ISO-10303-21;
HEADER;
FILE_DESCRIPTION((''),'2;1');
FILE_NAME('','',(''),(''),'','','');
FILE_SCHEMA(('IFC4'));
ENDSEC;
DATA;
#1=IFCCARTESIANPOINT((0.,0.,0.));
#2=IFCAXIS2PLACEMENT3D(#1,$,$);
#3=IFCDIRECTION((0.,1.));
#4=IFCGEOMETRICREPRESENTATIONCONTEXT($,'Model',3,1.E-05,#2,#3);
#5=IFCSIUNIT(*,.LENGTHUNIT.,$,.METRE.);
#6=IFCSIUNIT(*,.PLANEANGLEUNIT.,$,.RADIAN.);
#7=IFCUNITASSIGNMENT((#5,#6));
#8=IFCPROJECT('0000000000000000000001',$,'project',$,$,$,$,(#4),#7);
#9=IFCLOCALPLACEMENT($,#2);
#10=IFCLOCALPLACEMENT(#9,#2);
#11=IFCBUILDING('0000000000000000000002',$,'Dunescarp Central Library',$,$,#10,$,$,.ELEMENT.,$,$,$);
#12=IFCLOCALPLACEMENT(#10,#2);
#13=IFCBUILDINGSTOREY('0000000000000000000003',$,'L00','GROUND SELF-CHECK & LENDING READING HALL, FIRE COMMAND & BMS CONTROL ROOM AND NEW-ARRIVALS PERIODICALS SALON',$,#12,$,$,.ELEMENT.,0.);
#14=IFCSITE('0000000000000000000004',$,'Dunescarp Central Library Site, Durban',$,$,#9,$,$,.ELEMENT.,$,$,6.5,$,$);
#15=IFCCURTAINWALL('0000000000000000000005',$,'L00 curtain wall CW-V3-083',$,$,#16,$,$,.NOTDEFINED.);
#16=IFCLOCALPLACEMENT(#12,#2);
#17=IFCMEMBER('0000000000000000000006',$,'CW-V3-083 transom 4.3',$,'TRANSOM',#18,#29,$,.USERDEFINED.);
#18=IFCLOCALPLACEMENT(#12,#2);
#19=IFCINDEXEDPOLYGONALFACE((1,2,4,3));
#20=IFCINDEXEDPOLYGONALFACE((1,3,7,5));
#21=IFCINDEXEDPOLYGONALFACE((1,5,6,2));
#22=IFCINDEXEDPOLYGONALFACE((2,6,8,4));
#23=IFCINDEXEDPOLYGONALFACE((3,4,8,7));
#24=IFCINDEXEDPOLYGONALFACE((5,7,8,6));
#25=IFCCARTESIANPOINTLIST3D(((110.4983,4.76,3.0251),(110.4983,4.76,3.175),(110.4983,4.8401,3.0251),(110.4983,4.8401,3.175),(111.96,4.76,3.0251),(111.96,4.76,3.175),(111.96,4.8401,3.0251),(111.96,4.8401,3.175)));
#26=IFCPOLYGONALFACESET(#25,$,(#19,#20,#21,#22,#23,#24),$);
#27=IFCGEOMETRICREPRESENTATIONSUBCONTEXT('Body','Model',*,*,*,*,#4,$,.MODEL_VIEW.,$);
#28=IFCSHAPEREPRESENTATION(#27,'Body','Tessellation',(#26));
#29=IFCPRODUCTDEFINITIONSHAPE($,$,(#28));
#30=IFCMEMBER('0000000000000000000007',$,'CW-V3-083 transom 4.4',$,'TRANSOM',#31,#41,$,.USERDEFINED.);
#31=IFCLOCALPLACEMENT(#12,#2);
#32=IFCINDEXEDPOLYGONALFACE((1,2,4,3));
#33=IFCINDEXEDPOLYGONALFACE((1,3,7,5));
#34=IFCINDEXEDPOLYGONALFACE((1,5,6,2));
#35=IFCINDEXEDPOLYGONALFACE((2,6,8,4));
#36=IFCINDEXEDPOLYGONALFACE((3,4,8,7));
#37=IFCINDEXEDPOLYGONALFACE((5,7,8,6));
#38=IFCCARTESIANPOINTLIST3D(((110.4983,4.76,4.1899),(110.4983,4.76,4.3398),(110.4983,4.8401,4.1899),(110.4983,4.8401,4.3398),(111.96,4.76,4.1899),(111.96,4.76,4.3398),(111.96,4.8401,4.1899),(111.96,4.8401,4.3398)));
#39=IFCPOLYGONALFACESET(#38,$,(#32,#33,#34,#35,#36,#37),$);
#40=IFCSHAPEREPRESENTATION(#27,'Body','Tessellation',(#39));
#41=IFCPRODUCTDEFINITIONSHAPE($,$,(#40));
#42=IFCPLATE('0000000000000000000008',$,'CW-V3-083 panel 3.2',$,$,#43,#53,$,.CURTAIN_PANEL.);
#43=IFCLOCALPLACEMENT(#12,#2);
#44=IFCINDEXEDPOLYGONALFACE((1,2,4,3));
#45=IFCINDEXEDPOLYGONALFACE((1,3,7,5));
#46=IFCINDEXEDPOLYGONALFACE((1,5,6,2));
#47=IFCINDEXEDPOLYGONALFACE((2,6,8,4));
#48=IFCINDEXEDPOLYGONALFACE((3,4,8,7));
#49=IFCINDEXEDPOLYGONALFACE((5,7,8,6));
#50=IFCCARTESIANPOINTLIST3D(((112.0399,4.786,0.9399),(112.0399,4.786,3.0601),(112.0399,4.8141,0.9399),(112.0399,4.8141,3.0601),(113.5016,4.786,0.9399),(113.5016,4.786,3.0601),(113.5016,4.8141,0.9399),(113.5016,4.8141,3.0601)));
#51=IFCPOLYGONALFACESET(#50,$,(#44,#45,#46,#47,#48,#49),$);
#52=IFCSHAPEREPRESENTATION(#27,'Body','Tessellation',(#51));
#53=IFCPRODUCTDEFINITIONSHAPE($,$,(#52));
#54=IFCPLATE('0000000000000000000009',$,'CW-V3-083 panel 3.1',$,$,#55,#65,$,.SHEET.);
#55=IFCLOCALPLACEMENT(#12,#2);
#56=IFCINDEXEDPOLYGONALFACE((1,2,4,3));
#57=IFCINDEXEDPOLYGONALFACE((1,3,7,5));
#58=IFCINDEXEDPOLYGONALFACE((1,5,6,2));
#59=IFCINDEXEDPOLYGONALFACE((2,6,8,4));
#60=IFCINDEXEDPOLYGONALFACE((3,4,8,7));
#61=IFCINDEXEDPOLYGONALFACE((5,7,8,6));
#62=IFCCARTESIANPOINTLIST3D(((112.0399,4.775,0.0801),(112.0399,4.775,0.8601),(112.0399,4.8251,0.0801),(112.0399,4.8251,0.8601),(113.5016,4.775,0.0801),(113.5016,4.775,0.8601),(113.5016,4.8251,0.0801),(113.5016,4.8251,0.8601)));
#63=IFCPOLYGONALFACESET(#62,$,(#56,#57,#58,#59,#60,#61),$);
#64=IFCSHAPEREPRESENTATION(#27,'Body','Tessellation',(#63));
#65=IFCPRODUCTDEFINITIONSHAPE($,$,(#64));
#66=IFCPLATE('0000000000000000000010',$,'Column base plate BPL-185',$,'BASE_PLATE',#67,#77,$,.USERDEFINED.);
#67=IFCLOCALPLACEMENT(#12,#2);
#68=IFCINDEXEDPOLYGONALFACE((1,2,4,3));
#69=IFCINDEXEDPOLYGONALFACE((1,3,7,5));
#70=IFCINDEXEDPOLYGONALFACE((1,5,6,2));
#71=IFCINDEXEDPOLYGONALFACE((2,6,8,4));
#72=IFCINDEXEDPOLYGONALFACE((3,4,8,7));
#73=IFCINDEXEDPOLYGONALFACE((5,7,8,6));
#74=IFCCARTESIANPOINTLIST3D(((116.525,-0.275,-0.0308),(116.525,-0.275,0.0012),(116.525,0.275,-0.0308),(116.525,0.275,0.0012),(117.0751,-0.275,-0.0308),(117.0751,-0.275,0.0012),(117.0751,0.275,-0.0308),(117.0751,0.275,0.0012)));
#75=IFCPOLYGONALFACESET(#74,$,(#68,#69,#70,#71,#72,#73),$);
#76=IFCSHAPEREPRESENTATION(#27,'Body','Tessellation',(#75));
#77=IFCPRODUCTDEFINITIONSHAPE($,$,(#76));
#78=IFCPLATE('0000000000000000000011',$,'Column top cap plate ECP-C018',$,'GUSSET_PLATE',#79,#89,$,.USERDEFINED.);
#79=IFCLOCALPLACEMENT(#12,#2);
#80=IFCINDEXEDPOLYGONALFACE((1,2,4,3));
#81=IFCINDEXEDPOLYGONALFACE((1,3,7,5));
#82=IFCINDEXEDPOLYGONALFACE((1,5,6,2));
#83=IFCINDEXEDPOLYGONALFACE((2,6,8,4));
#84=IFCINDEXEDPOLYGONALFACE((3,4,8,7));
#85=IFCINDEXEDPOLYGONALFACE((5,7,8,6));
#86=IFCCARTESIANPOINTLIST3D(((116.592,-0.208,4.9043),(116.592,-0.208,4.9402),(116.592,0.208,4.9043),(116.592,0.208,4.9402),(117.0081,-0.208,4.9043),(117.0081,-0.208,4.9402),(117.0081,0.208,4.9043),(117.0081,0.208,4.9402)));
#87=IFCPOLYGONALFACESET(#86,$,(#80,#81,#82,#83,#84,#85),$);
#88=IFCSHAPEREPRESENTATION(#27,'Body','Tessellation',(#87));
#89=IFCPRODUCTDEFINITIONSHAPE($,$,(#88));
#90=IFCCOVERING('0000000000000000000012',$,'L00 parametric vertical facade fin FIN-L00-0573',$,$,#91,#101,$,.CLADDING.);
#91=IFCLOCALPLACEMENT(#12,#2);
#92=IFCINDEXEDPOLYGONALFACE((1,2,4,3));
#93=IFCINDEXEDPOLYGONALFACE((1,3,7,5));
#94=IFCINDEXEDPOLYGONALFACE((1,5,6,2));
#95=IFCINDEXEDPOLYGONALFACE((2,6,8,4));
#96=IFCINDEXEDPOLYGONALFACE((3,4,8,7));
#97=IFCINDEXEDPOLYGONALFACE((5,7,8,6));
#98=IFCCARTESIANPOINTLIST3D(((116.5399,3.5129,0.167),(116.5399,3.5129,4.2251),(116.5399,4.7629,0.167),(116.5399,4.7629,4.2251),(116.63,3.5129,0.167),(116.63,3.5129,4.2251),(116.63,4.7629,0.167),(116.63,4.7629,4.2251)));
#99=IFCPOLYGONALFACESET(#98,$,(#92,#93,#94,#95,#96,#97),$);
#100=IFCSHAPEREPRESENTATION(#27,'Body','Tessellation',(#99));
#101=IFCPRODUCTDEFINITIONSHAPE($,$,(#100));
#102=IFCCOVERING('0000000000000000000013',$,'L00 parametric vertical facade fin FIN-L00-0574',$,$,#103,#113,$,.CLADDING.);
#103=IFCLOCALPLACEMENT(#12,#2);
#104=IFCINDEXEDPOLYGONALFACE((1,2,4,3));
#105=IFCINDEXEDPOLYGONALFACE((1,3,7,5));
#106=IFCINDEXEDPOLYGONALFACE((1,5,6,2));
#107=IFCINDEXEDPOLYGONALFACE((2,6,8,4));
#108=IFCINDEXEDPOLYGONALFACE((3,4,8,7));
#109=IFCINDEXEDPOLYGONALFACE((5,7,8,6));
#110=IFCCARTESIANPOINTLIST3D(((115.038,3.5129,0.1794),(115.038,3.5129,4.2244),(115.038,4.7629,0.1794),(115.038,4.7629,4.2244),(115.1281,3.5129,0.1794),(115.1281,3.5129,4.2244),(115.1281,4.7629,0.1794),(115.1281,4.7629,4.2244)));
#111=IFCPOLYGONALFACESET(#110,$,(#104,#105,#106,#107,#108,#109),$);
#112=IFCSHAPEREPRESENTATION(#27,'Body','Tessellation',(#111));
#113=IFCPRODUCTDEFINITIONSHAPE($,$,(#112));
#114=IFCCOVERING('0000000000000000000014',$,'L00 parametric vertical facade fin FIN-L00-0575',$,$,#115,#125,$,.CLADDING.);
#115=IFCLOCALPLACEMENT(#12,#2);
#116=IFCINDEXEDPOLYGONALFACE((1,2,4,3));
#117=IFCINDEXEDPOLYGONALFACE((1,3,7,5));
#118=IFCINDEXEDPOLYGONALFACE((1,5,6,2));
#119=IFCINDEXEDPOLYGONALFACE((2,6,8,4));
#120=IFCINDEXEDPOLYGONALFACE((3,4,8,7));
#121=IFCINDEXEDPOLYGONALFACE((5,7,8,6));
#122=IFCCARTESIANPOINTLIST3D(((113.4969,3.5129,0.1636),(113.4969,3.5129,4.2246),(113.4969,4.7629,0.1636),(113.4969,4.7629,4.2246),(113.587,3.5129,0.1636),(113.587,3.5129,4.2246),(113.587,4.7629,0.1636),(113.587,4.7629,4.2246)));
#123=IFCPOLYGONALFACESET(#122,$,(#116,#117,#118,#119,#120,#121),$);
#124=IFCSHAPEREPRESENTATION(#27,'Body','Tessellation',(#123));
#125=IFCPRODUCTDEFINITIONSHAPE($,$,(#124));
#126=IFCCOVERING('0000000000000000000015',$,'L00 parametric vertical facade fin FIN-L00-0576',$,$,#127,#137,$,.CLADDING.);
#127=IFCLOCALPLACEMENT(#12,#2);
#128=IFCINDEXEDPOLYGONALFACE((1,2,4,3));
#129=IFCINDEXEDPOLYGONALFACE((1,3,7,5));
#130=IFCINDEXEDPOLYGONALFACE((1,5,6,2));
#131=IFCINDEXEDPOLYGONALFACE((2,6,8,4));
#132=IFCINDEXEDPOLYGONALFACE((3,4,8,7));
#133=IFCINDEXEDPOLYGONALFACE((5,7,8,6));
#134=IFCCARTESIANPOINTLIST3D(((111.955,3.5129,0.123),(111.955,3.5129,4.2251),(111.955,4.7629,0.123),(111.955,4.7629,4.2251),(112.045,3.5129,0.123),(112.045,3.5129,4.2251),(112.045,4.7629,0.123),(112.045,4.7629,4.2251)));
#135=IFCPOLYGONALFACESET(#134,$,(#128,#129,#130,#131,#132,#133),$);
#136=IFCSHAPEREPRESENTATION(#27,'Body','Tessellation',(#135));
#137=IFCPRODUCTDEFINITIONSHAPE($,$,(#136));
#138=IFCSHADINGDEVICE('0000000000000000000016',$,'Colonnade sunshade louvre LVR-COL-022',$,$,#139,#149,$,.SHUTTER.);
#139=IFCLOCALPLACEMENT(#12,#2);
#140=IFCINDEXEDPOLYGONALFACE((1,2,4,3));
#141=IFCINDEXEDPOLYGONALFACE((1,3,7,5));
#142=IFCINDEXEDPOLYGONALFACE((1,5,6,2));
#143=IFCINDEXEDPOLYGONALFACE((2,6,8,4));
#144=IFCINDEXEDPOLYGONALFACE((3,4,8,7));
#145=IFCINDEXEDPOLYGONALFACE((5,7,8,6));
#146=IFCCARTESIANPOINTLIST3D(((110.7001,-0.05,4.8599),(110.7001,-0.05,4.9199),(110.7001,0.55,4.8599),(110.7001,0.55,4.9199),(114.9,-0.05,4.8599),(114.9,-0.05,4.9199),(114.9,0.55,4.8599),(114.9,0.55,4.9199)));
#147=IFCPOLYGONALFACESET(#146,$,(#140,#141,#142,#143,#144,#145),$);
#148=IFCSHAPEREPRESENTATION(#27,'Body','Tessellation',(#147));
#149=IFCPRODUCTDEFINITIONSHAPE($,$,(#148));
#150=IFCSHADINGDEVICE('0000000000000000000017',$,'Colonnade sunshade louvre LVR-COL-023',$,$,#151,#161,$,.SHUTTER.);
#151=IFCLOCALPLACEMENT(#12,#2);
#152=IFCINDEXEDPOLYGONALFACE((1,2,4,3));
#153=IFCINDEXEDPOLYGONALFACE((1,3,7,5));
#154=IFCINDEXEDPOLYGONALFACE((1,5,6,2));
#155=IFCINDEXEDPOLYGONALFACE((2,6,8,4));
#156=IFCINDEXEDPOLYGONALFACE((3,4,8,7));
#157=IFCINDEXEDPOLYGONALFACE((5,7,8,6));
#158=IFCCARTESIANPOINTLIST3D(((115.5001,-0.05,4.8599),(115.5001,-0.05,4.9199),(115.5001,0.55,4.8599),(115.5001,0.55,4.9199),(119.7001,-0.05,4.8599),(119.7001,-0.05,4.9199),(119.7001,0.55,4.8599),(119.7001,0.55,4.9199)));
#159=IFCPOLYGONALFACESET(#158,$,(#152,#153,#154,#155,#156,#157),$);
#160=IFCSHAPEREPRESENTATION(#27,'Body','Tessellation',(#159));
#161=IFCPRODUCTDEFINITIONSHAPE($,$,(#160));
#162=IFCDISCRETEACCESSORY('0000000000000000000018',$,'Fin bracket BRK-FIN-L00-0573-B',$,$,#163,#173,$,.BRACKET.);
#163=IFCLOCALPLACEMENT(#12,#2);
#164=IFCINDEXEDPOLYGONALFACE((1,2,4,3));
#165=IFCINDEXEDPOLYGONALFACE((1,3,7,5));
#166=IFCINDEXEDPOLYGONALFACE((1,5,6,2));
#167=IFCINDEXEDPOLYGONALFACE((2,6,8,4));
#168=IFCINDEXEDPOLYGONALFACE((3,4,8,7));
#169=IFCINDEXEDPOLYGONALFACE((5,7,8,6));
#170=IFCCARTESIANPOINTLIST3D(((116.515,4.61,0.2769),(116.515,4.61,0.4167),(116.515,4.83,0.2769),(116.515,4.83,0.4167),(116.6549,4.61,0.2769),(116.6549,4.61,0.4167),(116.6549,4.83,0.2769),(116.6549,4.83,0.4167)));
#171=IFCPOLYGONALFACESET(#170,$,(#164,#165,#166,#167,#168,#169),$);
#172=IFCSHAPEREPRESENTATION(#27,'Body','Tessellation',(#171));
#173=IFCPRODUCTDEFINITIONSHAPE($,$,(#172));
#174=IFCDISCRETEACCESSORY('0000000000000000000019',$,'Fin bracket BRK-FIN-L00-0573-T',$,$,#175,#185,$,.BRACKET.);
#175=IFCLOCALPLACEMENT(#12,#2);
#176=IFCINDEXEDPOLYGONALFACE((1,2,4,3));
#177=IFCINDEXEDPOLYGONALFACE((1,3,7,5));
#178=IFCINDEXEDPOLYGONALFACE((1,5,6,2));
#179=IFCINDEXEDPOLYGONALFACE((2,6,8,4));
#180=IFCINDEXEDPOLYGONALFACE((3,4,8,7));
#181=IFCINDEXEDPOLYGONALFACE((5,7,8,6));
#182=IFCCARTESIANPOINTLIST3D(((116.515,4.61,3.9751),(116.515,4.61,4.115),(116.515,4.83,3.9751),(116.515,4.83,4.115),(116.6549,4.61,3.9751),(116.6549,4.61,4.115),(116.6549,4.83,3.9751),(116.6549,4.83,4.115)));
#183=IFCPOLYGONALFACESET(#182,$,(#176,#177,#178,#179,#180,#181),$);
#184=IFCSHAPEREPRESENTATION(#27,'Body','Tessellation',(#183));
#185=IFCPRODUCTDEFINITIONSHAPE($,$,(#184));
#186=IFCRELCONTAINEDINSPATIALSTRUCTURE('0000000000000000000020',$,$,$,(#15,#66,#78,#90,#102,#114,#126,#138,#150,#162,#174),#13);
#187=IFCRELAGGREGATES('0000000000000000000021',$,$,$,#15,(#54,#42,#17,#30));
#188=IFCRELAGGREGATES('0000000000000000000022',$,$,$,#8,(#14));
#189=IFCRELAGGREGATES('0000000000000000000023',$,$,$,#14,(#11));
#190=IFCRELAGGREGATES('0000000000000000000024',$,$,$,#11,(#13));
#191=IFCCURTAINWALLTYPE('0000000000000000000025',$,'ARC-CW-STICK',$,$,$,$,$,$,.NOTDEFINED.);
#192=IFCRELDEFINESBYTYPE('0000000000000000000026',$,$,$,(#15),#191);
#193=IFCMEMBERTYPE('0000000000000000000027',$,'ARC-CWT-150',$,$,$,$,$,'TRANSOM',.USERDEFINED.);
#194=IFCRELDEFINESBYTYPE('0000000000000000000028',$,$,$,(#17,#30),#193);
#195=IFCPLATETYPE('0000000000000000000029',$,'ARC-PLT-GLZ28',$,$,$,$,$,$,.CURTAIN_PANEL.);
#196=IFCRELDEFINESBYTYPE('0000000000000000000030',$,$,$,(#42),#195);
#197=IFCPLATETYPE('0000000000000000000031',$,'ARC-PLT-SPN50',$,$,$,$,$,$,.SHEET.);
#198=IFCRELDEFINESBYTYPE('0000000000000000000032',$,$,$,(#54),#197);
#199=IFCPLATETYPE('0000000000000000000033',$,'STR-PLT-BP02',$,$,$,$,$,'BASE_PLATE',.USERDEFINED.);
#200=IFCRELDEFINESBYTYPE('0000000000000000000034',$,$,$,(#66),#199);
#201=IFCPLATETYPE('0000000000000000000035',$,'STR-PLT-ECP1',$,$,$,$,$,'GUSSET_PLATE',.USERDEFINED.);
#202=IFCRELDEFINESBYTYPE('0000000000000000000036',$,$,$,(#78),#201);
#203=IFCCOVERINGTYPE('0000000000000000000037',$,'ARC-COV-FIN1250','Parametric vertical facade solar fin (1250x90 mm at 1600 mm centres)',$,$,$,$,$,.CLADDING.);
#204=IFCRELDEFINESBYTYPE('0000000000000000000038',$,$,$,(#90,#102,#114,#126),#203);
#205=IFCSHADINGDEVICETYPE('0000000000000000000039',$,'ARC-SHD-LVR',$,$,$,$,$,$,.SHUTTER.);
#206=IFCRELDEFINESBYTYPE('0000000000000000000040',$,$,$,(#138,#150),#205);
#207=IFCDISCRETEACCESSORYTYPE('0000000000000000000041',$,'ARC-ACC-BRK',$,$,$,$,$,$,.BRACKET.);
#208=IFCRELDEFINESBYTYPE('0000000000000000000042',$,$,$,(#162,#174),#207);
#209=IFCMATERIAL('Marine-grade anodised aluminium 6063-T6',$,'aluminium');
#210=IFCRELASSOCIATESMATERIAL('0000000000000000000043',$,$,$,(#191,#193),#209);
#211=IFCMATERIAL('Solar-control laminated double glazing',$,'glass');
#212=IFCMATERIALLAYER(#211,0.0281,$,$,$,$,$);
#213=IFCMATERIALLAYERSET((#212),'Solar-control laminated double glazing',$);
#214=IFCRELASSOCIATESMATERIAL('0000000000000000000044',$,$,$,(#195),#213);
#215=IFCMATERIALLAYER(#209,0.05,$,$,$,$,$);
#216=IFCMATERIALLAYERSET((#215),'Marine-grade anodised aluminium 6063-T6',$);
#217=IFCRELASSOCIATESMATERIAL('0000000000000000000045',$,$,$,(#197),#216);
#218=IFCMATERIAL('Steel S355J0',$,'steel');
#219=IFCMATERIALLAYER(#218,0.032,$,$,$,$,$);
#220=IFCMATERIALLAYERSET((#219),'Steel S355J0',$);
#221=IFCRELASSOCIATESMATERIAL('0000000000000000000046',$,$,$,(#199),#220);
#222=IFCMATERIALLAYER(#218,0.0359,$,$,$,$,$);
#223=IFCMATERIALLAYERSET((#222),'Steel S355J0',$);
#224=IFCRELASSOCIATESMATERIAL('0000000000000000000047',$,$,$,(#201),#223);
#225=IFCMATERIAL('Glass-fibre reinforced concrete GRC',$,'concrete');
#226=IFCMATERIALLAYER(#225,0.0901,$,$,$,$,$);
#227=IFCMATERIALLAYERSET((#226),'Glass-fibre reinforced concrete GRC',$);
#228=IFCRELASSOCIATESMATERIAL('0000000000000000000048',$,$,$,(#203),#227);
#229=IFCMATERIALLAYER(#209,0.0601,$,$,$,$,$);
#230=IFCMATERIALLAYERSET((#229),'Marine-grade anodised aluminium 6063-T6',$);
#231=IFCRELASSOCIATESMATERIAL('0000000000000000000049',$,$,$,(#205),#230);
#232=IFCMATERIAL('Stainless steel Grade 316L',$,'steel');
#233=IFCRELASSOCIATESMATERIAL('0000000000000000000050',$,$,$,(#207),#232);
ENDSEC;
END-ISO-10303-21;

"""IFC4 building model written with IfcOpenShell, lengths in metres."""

from ifc_helpers import new_model, si_unit, direction, frame, origin, origin_2d, place, context, subcontext, project, spatial, rectangle, extrude, material, layer, layer_set, material_profile, profile_set, type_object, element, aggregate, save


model = new_model("IFC4")

# Units and contexts
model_context = context("Model", 3, precision=1e-05, world=origin(), true_north=direction((0.0, 1.0)))
body_context = subcontext(model_context, "Body", "Model", "MODEL_VIEW")
ifc_project = project(units=[si_unit("LENGTHUNIT", "METRE"), si_unit("PLANEANGLEUNIT", "RADIAN")], contexts=[model_context])

# Site, building, storey
site_placement = place(None, origin())
site = spatial("IfcSite", under=ifc_project, at=site_placement, Name="Dunescarp Central Library Site, Durban", CompositionType="ELEMENT", RefElevation=6.5)
building_placement = place(site_placement, origin())
building = spatial("IfcBuilding", under=site, at=building_placement, Name="Dunescarp Central Library", CompositionType="ELEMENT")
storey_placement = place(building_placement, origin())
storey = spatial("IfcBuildingStorey", under=building, at=storey_placement, Name="L00", Description="GROUND SELF-CHECK & LENDING READING HALL, FIRE COMMAND & BMS CONTROL ROOM AND NEW-ARRIVALS PERIODICALS SALON", CompositionType="ELEMENT", Elevation=0.0)

# Shared definitions
ifc_material_1 = material(Name="Steel S355J0", Category="steel")

# Curtain wall, members, plates
ifc_material_2 = material(Name="Marine-grade anodised aluminium 6063-T6", Category="aluminium")
curtain_wall_type = type_object("IfcCurtainWallType", Name="ARC-CW-STICK", PredefinedType="NOTDEFINED", material=ifc_material_2)
curtain_wall_placement = place(storey_placement, origin())
curtain_wall = element("IfcCurtainWall", 1, at=curtain_wall_placement, inside=storey, type_object=curtain_wall_type, Name="L00 curtain wall CW-V3-083", PredefinedType="NOTDEFINED")
ifc_material_profile_1 = material_profile(ifc_material_2, rectangle(XDim=0.0801, YDim=0.1499, at=origin_2d()), Name="AL 80x150")
ifc_profile_set_1 = profile_set([ifc_material_profile_1], Name="Marine-grade anodised aluminium 6063-T6")
member_type_1 = type_object("IfcMemberType", Name="ARC-CWT-150", ElementType="TRANSOM", PredefinedType="USERDEFINED", material=ifc_profile_set_1)
member_1_placement = place(storey_placement, frame((111.96, 4.8, 3.1001), z_axis=(-1.0, 0.0, 0.0), x_axis=(0.0, -1.0, 0.0)))
member_1 = element("IfcMember", 2, at=member_1_placement, type_object=member_type_1, Name="CW-V3-083 transom 4.3", ObjectType="TRANSOM", PredefinedType="USERDEFINED", context=body_context, shape_type="SweptSolid", body=[
    extrude(rectangle(XDim=0.0801, YDim=0.1499, at=origin_2d()), origin(), (0.0, 0.0, 1.0), 1.4617),
])
member_2_placement = place(storey_placement, frame((111.96, 4.8, 4.2649), z_axis=(-1.0, 0.0, 0.0), x_axis=(0.0, -1.0, 0.0)))
member_2 = element("IfcMember", 3, at=member_2_placement, type_object=member_type_1, Name="CW-V3-083 transom 4.4", ObjectType="TRANSOM", PredefinedType="USERDEFINED", context=body_context, shape_type="SweptSolid", body=[
    extrude(rectangle(XDim=0.0801, YDim=0.1499, at=origin_2d()), origin(), (0.0, 0.0, 1.0), 1.4617),
])
ifc_material_3 = material(Name="Solar-control laminated double glazing", Category="glass")
ifc_layer_1 = layer(ifc_material_3, 0.0281)
ifc_layer_set_1 = layer_set([ifc_layer_1], Name="Solar-control laminated double glazing")
plate_type_1 = type_object("IfcPlateType", Name="ARC-PLT-GLZ28", PredefinedType="CURTAIN_PANEL", material=ifc_layer_set_1)
plate_1_placement = place(storey_placement, frame((112.7708, 4.8, 0.9399), z_axis=(0.0, 0.0, 1.0), x_axis=(-1.0, 0.0, 0.0)))
plate_1 = element("IfcPlate", 4, at=plate_1_placement, type_object=plate_type_1, Name="CW-V3-083 panel 3.2", PredefinedType="CURTAIN_PANEL", context=body_context, shape_type="SweptSolid", body=[
    extrude(rectangle(XDim=1.4617, YDim=0.0281, at=origin_2d()), origin(), (0.0, 0.0, 1.0), 2.1201),
])
ifc_layer_2 = layer(ifc_material_2, 0.05)
ifc_layer_set_2 = layer_set([ifc_layer_2], Name="Marine-grade anodised aluminium 6063-T6")
plate_type_2 = type_object("IfcPlateType", Name="ARC-PLT-SPN50", PredefinedType="SHEET", material=ifc_layer_set_2)
plate_2_placement = place(storey_placement, frame((112.7708, 4.8, 0.0801), z_axis=(0.0, 0.0, 1.0), x_axis=(-1.0, 0.0, 0.0)))
plate_2 = element("IfcPlate", 5, at=plate_2_placement, type_object=plate_type_2, Name="CW-V3-083 panel 3.1", PredefinedType="SHEET", context=body_context, shape_type="SweptSolid", body=[
    extrude(rectangle(XDim=1.4617, YDim=0.05, at=origin_2d()), origin(), (0.0, 0.0, 1.0), 0.78),
])
aggregate(curtain_wall, [plate_2, plate_1, member_1, member_2])

# Plates
ifc_layer_3 = layer(ifc_material_1, 0.032)
ifc_layer_set_3 = layer_set([ifc_layer_3], Name="Steel S355J0")
plate_type_3 = type_object("IfcPlateType", Name="STR-PLT-BP02", ElementType="BASE_PLATE", PredefinedType="USERDEFINED", material=ifc_layer_set_3)
plate_3_placement = place(storey_placement, frame((116.8, 0.0, -0.0308), z_axis=(0.0, 0.0, 1.0), x_axis=(1.0, 0.0, 0.0)))
element("IfcPlate", 6, at=plate_3_placement, inside=storey, type_object=plate_type_3, Name="Column base plate BPL-185", ObjectType="BASE_PLATE", PredefinedType="USERDEFINED", context=body_context, shape_type="SweptSolid", body=[
    extrude(rectangle(XDim=0.55, YDim=0.55, at=origin_2d()), origin(), (0.0, 0.0, 1.0), 0.032),
])
ifc_layer_4 = layer(ifc_material_1, 0.0359)
ifc_layer_set_4 = layer_set([ifc_layer_4], Name="Steel S355J0")
plate_type_4 = type_object("IfcPlateType", Name="STR-PLT-ECP1", ElementType="GUSSET_PLATE", PredefinedType="USERDEFINED", material=ifc_layer_set_4)
plate_4_placement = place(storey_placement, frame((116.8, 0.0, 4.9043), z_axis=(0.0, 0.0, 1.0), x_axis=(1.0, 0.0, 0.0)))
element("IfcPlate", 7, at=plate_4_placement, inside=storey, type_object=plate_type_4, Name="Column top cap plate ECP-C018", ObjectType="GUSSET_PLATE", PredefinedType="USERDEFINED", context=body_context, shape_type="SweptSolid", body=[
    extrude(rectangle(XDim=0.416, YDim=0.416, at=origin_2d()), origin(), (0.0, 0.0, 1.0), 0.0359),
])

# Coverings
ifc_material_4 = material(Name="Glass-fibre reinforced concrete GRC", Category="concrete")
ifc_layer_5 = layer(ifc_material_4, 0.0901)
ifc_layer_set_5 = layer_set([ifc_layer_5], Name="Glass-fibre reinforced concrete GRC")
covering_type = type_object("IfcCoveringType", Name="ARC-COV-FIN1250", Description="Parametric vertical facade solar fin (1250x90 mm at 1600 mm centres)", PredefinedType="CLADDING", material=ifc_layer_set_5)
covering_1_placement = place(storey_placement, frame((116.585, 4.1379, 0.167), z_axis=(0.0, 0.0, 1.0), x_axis=(0.0, -1.0, 0.0)))
element("IfcCovering", 8, at=covering_1_placement, inside=storey, type_object=covering_type, Name="L00 parametric vertical facade fin FIN-L00-0573", PredefinedType="CLADDING", context=body_context, shape_type="SweptSolid", body=[
    extrude(rectangle(XDim=1.25, YDim=0.0901, at=origin_2d()), origin(), (0.0, 0.0, 1.0), 4.0581),
])
covering_2_placement = place(storey_placement, frame((115.083, 4.1379, 0.1794), z_axis=(0.0, 0.0, 1.0), x_axis=(0.0, -1.0, 0.0)))
element("IfcCovering", 9, at=covering_2_placement, inside=storey, type_object=covering_type, Name="L00 parametric vertical facade fin FIN-L00-0574", PredefinedType="CLADDING", context=body_context, shape_type="SweptSolid", body=[
    extrude(rectangle(XDim=1.25, YDim=0.0901, at=origin_2d()), origin(), (0.0, 0.0, 1.0), 4.0449),
])
covering_3_placement = place(storey_placement, frame((113.542, 4.1379, 0.1636), z_axis=(0.0, 0.0, 1.0), x_axis=(0.0, -1.0, 0.0)))
element("IfcCovering", 10, at=covering_3_placement, inside=storey, type_object=covering_type, Name="L00 parametric vertical facade fin FIN-L00-0575", PredefinedType="CLADDING", context=body_context, shape_type="SweptSolid", body=[
    extrude(rectangle(XDim=1.25, YDim=0.0901, at=origin_2d()), origin(), (0.0, 0.0, 1.0), 4.061),
])
covering_4_placement = place(storey_placement, frame((112.0, 4.1379, 0.123), z_axis=(0.0, 0.0, 1.0), x_axis=(0.0, -1.0, 0.0)))
element("IfcCovering", 11, at=covering_4_placement, inside=storey, type_object=covering_type, Name="L00 parametric vertical facade fin FIN-L00-0576", PredefinedType="CLADDING", context=body_context, shape_type="SweptSolid", body=[
    extrude(rectangle(XDim=1.25, YDim=0.0901, at=origin_2d()), origin(), (0.0, 0.0, 1.0), 4.1021),
])

# Shading devices
ifc_layer_6 = layer(ifc_material_2, 0.0601)
ifc_layer_set_6 = layer_set([ifc_layer_6], Name="Marine-grade anodised aluminium 6063-T6")
shading_device_type = type_object("IfcShadingDeviceType", Name="ARC-SHD-LVR", PredefinedType="SHUTTER", material=ifc_layer_set_6)
for number, where, z_axis, x_axis, name in (
    (12, (112.8, 0.25, 4.8599), (0.0, 0.0, 1.0), (1.0, 0.0, 0.0), "Colonnade sunshade louvre LVR-COL-022"),
    (13, (117.6001, 0.25, 4.8599), (0.0, 0.0, 1.0), (1.0, 0.0, 0.0), "Colonnade sunshade louvre LVR-COL-023"),
):
    element("IfcShadingDevice", number, at=place(storey_placement, frame(where, z_axis=z_axis, x_axis=x_axis)), inside=storey, type_object=shading_device_type, Name=name, PredefinedType="SHUTTER", context=body_context, shape_type="SweptSolid", body=[
        extrude(rectangle(XDim=4.2, YDim=0.6001, at=origin_2d()), origin(), (0.0, 0.0, 1.0), 0.0601),
    ])

# Discrete accessories
ifc_material_5 = material(Name="Stainless steel Grade 316L", Category="steel")
discrete_accessory_type = type_object("IfcDiscreteAccessoryType", Name="ARC-ACC-BRK", PredefinedType="BRACKET", material=ifc_material_5)
for number, where, z_axis, x_axis, name in (
    (14, (116.585, 4.72, 0.2769), (0.0, 0.0, 1.0), (0.0, -1.0, 0.0), "Fin bracket BRK-FIN-L00-0573-B"),
    (15, (116.585, 4.72, 3.9751), (0.0, 0.0, 1.0), (0.0, -1.0, 0.0), "Fin bracket BRK-FIN-L00-0573-T"),
):
    element("IfcDiscreteAccessory", number, at=place(storey_placement, frame(where, z_axis=z_axis, x_axis=x_axis)), inside=storey, type_object=discrete_accessory_type, Name=name, PredefinedType="BRACKET", context=body_context, shape_type="SweptSolid", body=[
        extrude(rectangle(XDim=0.22, YDim=0.1399, at=origin_2d()), origin(), (0.0, 0.0, 1.0), 0.1399),
    ])

save(model, "model.ifc")
